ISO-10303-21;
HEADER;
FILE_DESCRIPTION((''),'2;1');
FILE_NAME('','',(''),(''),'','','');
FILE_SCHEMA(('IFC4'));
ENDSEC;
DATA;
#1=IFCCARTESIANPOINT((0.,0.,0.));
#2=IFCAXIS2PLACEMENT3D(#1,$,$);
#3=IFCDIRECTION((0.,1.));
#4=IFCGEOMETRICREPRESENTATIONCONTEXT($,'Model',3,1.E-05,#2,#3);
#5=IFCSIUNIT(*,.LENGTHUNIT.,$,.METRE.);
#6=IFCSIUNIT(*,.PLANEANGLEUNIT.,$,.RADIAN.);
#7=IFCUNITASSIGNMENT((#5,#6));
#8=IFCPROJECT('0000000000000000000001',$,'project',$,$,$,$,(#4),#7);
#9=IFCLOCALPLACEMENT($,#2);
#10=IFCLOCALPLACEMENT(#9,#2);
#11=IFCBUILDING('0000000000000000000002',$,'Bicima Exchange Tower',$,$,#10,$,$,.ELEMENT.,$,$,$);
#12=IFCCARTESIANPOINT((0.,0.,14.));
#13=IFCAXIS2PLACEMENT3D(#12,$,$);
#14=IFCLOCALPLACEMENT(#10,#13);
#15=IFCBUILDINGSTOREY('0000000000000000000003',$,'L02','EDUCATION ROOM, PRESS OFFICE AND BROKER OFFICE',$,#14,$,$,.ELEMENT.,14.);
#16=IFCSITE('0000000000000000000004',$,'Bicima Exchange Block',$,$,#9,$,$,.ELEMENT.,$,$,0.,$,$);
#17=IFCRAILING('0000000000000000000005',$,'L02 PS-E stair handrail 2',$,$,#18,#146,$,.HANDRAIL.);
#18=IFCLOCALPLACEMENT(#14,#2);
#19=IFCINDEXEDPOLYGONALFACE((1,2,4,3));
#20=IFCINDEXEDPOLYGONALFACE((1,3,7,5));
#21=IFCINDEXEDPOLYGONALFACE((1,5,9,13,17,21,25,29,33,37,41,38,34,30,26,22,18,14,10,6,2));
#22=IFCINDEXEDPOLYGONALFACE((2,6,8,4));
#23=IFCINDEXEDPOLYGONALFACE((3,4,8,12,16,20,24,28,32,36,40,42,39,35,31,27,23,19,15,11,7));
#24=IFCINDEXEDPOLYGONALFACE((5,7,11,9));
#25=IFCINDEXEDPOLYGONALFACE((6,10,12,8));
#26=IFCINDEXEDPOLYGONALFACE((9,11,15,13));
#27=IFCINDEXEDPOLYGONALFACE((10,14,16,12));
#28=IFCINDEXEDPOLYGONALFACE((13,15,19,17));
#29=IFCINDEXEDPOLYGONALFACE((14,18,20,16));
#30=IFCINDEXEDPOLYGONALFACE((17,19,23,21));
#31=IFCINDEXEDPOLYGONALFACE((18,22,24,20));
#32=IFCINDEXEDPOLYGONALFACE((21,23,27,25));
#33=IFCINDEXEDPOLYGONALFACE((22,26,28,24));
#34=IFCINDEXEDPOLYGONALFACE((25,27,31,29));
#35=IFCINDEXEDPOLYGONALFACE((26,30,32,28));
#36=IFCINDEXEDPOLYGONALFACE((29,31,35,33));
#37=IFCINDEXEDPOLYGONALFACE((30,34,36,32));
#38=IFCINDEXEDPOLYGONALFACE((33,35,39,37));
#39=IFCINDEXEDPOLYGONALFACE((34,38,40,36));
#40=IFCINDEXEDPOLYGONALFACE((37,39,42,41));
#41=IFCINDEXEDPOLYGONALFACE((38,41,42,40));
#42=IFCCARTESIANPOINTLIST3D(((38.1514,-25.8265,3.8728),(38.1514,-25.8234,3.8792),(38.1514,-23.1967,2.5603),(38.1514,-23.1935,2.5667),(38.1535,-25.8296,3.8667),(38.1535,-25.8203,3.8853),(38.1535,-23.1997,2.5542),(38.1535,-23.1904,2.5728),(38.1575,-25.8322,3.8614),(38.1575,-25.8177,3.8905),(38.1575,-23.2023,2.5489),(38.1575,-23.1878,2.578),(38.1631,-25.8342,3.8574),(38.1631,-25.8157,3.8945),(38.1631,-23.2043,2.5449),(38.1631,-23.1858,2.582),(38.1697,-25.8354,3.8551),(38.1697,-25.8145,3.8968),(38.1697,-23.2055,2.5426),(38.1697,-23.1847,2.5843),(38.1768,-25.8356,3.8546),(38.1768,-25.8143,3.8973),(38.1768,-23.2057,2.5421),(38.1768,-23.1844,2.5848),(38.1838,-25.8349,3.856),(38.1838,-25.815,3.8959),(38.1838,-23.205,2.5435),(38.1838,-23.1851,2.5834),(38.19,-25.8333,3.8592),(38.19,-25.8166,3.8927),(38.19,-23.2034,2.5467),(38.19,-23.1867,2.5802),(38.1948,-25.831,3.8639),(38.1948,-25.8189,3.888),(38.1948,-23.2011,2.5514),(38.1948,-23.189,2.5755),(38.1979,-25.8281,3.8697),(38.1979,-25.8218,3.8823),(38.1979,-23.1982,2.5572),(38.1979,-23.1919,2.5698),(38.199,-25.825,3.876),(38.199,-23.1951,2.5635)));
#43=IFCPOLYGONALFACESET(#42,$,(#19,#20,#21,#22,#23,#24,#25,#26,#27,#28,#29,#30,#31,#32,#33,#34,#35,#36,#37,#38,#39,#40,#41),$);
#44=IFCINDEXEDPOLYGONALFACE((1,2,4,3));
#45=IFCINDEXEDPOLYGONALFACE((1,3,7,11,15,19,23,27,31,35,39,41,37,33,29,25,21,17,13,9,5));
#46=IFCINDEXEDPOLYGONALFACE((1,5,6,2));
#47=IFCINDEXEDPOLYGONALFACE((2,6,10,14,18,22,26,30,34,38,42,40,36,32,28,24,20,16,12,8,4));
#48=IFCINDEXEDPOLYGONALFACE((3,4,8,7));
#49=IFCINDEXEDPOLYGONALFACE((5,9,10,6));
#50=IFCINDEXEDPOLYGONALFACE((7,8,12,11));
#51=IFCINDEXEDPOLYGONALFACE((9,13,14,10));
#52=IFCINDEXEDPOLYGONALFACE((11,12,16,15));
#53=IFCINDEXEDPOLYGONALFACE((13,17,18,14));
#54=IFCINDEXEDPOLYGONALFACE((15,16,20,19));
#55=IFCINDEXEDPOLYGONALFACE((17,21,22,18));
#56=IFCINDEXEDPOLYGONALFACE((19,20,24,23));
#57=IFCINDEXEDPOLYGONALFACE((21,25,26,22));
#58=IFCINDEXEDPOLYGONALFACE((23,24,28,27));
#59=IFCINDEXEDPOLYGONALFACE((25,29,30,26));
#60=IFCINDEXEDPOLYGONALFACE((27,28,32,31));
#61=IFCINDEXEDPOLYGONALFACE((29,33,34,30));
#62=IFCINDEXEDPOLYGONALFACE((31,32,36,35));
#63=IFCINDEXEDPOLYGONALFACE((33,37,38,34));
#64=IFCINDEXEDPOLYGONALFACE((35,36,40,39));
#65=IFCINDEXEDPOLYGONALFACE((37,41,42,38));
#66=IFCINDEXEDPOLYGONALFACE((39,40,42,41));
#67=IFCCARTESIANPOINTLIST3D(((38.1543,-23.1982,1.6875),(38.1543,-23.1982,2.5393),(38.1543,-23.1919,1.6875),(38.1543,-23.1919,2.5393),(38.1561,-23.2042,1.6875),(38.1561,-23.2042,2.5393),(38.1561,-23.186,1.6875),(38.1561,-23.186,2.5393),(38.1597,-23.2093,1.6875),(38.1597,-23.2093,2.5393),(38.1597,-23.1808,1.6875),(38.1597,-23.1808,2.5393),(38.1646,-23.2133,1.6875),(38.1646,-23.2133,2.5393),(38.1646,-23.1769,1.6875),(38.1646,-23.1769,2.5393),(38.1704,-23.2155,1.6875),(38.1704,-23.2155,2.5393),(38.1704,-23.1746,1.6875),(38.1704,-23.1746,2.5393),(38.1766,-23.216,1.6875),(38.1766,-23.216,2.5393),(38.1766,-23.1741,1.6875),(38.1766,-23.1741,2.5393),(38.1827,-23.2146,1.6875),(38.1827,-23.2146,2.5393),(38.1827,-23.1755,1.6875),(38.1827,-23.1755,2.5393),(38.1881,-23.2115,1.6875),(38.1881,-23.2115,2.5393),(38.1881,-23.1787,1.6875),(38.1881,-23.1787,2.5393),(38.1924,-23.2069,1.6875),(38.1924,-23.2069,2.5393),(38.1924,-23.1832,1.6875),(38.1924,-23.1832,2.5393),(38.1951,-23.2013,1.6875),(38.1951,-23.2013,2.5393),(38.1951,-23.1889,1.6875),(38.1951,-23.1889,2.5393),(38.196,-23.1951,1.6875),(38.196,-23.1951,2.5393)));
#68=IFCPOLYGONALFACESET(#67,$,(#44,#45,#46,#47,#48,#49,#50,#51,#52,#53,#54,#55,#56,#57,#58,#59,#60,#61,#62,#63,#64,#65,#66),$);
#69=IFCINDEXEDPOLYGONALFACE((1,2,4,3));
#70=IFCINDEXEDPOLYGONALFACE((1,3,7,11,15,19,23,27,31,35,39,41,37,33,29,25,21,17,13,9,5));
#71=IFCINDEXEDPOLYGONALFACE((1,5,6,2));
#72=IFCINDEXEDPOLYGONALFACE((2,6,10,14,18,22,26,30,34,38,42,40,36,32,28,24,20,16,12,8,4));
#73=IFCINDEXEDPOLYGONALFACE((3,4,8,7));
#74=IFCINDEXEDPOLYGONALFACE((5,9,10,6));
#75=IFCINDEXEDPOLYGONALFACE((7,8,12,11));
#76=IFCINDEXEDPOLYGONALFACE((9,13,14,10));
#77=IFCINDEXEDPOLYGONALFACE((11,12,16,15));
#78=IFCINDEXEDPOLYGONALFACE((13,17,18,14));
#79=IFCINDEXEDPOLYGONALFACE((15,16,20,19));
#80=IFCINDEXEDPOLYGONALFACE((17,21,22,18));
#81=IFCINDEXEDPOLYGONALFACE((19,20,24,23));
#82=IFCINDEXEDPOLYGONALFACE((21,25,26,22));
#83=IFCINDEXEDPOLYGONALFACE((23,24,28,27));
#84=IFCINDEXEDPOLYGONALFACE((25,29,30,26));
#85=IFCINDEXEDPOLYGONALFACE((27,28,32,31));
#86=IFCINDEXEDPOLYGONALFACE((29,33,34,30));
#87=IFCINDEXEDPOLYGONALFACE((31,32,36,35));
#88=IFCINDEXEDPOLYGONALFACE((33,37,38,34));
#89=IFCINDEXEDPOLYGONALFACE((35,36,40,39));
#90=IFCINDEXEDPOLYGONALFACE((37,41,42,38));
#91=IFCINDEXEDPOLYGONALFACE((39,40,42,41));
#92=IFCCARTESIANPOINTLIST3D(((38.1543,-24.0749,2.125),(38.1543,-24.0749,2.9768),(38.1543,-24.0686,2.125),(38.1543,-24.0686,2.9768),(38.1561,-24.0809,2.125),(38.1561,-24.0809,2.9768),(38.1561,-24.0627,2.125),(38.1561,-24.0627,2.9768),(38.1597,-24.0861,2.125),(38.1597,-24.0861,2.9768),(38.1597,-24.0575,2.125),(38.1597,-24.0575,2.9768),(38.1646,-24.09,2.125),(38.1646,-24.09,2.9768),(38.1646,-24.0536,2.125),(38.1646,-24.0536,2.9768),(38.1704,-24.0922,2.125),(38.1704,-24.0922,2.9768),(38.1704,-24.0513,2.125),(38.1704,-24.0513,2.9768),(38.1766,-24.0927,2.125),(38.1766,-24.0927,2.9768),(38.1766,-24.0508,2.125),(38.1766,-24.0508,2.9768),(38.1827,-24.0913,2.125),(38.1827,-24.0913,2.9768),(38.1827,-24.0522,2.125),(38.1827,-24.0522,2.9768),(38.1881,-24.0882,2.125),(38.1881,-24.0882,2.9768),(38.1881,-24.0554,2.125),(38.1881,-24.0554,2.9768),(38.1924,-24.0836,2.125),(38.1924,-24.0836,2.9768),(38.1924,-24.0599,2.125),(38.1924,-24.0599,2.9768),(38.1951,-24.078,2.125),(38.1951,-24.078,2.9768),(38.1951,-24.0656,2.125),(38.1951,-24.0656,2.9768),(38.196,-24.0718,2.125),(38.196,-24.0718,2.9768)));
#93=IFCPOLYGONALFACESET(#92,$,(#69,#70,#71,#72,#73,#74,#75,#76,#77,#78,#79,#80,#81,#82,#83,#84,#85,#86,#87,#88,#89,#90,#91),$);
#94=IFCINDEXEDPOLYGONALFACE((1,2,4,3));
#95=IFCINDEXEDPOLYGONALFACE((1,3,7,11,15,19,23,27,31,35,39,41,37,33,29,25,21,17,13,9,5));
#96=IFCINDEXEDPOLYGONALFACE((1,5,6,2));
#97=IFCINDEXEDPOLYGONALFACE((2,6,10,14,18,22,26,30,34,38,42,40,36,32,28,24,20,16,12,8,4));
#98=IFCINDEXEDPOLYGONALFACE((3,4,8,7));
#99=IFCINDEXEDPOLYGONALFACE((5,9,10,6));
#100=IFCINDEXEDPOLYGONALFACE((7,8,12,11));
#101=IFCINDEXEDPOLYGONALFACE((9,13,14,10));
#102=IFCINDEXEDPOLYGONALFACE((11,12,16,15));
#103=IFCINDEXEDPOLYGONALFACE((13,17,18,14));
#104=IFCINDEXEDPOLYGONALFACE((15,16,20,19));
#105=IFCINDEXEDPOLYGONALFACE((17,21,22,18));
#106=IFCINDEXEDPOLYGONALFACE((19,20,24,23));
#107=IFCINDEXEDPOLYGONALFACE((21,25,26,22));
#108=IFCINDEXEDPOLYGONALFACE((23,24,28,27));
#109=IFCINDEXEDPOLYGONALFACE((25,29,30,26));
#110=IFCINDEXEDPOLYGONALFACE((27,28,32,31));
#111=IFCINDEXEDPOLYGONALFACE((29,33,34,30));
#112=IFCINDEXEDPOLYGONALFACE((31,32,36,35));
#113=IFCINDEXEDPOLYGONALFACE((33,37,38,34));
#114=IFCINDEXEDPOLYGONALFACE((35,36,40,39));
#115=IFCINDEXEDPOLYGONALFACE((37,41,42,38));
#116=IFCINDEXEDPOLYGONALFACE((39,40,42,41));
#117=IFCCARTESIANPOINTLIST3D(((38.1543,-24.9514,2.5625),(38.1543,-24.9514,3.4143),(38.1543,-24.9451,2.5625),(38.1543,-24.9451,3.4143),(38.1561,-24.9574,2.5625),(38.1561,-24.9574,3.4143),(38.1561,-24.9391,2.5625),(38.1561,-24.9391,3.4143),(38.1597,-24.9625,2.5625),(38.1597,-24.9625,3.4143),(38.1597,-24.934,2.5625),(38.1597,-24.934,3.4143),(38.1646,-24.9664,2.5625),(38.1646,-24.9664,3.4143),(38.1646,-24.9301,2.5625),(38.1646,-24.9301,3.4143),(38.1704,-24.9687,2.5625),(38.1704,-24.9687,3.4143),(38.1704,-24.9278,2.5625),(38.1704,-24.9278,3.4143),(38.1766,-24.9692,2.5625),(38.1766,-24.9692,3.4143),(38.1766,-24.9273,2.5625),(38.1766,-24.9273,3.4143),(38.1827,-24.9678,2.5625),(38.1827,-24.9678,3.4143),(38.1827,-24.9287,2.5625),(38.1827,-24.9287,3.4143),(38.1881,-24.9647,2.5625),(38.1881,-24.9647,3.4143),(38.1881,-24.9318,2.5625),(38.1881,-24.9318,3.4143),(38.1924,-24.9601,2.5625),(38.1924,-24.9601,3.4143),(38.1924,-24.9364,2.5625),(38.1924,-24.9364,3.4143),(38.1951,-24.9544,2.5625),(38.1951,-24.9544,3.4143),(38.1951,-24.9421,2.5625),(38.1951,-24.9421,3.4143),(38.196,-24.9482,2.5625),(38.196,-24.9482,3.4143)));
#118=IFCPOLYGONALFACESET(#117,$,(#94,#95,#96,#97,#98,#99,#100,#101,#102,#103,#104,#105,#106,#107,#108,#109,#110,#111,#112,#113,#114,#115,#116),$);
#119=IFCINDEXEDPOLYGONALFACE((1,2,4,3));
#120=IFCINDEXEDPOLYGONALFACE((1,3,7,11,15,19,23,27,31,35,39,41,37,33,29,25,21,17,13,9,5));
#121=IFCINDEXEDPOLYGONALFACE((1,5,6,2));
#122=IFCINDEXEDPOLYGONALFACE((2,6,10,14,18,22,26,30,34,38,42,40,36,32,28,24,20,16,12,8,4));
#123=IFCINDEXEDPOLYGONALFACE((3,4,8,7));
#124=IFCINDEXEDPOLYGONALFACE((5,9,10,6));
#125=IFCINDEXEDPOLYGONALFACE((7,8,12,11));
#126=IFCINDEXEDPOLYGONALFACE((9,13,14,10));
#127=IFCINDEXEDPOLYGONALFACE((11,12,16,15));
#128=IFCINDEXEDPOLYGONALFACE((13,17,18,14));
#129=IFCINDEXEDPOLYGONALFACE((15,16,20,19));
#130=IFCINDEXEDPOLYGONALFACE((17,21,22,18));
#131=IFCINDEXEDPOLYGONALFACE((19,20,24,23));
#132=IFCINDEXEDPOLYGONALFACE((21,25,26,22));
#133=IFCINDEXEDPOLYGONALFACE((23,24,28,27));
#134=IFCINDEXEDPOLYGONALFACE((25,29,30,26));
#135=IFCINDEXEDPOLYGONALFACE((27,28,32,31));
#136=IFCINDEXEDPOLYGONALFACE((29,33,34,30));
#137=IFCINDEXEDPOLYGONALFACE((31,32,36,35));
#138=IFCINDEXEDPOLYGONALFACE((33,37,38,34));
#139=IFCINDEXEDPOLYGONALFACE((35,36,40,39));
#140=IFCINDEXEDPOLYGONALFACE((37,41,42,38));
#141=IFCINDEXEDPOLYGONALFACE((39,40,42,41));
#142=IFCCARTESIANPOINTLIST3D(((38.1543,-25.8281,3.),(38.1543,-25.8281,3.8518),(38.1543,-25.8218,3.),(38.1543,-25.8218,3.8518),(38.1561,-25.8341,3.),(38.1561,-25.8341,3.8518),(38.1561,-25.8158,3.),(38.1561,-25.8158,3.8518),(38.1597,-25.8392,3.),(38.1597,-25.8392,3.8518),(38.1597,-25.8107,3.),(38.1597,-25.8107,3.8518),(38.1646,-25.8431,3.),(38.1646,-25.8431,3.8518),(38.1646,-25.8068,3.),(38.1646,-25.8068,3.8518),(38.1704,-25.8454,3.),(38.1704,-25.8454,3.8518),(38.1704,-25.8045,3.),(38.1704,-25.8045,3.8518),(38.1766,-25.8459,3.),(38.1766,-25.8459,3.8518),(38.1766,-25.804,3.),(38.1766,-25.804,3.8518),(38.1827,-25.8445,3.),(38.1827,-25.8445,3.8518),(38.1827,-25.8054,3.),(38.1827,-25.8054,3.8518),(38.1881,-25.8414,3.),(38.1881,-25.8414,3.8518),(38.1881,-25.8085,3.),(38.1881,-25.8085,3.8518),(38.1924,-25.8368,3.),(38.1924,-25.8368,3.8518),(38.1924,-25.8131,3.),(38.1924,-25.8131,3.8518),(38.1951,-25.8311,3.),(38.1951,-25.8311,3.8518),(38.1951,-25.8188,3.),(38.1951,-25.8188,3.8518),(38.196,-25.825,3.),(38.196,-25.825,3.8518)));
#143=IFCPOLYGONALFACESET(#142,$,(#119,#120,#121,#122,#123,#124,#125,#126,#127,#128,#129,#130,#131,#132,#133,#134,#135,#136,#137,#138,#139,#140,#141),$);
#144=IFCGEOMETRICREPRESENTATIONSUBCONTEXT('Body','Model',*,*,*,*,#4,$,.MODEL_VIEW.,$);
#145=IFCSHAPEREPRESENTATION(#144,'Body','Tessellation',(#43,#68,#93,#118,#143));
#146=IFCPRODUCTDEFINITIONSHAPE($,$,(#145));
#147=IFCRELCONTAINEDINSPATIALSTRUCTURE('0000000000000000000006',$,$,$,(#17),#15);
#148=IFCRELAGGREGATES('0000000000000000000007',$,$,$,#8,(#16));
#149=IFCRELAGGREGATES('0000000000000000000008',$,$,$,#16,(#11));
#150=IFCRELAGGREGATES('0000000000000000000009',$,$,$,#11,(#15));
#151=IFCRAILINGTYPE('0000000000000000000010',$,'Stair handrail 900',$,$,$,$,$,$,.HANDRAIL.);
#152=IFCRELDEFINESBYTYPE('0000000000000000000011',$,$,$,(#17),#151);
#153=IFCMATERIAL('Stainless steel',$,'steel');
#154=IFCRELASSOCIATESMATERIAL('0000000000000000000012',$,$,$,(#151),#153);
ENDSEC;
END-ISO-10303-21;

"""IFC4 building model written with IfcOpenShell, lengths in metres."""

from ifc_helpers import new_model, si_unit, direction, frame, origin, origin_2d, place, context, subcontext, project, spatial, circle, extrude, material, type_object, element, save


model = new_model("IFC4")

# Units and contexts
model_context = context("Model", 3, precision=1e-05, world=origin(), true_north=direction((0.0, 1.0)))
body_context = subcontext(model_context, "Body", "Model", "MODEL_VIEW")
ifc_project = project(units=[si_unit("LENGTHUNIT", "METRE"), si_unit("PLANEANGLEUNIT", "RADIAN")], contexts=[model_context])

# Site, building, storey
site_placement = place(None, origin())
site = spatial("IfcSite", under=ifc_project, at=site_placement, Name="Bicima Exchange Block", CompositionType="ELEMENT", RefElevation=0.0)
building_placement = place(site_placement, origin())
building = spatial("IfcBuilding", under=site, at=building_placement, Name="Bicima Exchange Tower", CompositionType="ELEMENT")
storey_placement = place(building_placement, frame((0.0, 0.0, 14.0)))
storey = spatial("IfcBuildingStorey", under=building, at=storey_placement, Name="L02", Description="EDUCATION ROOM, PRESS OFFICE AND BROKER OFFICE", CompositionType="ELEMENT", Elevation=14.0)

# Railing
ifc_material_1 = material(Name="Stainless steel", Category="steel")
railing_type_1 = type_object("IfcRailingType", Name="Stair handrail 900", PredefinedType="HANDRAIL", material=ifc_material_1)
railing_1_placement = place(storey_placement, frame((38.175, -23.1951, 1.6875)))
element("IfcRailing", 1, at=railing_1_placement, inside=storey, type_object=railing_type_1, Name="L02 PS-E stair handrail 2", PredefinedType="HANDRAIL", context=body_context, shape_type="SweptSolid", body=[
    extrude(circle(Radius=0.0239, at=origin_2d()), frame((0.0, 0.0, 0.876), z_axis=(0.0, -0.894759, 0.446549), x_axis=(1.0, 0.0, 0.0)), (0.0, 0.0, 1.0), 2.9392),
    extrude(circle(Radius=0.021, at=origin_2d()), origin(), (0.0, 0.0, 1.0), 0.8518),
    extrude(circle(Radius=0.021, at=origin_2d()), frame((0.0, -0.8767, 0.4375)), (0.0, 0.0, 1.0), 0.8518),
    extrude(circle(Radius=0.021, at=origin_2d()), frame((0.0, -1.7532, 0.875)), (0.0, 0.0, 1.0), 0.8518),
    extrude(circle(Radius=0.021, at=origin_2d()), frame((0.0, -2.6299, 1.3125)), (0.0, 0.0, 1.0), 0.8518),
])

save(model, "model.ifc")
